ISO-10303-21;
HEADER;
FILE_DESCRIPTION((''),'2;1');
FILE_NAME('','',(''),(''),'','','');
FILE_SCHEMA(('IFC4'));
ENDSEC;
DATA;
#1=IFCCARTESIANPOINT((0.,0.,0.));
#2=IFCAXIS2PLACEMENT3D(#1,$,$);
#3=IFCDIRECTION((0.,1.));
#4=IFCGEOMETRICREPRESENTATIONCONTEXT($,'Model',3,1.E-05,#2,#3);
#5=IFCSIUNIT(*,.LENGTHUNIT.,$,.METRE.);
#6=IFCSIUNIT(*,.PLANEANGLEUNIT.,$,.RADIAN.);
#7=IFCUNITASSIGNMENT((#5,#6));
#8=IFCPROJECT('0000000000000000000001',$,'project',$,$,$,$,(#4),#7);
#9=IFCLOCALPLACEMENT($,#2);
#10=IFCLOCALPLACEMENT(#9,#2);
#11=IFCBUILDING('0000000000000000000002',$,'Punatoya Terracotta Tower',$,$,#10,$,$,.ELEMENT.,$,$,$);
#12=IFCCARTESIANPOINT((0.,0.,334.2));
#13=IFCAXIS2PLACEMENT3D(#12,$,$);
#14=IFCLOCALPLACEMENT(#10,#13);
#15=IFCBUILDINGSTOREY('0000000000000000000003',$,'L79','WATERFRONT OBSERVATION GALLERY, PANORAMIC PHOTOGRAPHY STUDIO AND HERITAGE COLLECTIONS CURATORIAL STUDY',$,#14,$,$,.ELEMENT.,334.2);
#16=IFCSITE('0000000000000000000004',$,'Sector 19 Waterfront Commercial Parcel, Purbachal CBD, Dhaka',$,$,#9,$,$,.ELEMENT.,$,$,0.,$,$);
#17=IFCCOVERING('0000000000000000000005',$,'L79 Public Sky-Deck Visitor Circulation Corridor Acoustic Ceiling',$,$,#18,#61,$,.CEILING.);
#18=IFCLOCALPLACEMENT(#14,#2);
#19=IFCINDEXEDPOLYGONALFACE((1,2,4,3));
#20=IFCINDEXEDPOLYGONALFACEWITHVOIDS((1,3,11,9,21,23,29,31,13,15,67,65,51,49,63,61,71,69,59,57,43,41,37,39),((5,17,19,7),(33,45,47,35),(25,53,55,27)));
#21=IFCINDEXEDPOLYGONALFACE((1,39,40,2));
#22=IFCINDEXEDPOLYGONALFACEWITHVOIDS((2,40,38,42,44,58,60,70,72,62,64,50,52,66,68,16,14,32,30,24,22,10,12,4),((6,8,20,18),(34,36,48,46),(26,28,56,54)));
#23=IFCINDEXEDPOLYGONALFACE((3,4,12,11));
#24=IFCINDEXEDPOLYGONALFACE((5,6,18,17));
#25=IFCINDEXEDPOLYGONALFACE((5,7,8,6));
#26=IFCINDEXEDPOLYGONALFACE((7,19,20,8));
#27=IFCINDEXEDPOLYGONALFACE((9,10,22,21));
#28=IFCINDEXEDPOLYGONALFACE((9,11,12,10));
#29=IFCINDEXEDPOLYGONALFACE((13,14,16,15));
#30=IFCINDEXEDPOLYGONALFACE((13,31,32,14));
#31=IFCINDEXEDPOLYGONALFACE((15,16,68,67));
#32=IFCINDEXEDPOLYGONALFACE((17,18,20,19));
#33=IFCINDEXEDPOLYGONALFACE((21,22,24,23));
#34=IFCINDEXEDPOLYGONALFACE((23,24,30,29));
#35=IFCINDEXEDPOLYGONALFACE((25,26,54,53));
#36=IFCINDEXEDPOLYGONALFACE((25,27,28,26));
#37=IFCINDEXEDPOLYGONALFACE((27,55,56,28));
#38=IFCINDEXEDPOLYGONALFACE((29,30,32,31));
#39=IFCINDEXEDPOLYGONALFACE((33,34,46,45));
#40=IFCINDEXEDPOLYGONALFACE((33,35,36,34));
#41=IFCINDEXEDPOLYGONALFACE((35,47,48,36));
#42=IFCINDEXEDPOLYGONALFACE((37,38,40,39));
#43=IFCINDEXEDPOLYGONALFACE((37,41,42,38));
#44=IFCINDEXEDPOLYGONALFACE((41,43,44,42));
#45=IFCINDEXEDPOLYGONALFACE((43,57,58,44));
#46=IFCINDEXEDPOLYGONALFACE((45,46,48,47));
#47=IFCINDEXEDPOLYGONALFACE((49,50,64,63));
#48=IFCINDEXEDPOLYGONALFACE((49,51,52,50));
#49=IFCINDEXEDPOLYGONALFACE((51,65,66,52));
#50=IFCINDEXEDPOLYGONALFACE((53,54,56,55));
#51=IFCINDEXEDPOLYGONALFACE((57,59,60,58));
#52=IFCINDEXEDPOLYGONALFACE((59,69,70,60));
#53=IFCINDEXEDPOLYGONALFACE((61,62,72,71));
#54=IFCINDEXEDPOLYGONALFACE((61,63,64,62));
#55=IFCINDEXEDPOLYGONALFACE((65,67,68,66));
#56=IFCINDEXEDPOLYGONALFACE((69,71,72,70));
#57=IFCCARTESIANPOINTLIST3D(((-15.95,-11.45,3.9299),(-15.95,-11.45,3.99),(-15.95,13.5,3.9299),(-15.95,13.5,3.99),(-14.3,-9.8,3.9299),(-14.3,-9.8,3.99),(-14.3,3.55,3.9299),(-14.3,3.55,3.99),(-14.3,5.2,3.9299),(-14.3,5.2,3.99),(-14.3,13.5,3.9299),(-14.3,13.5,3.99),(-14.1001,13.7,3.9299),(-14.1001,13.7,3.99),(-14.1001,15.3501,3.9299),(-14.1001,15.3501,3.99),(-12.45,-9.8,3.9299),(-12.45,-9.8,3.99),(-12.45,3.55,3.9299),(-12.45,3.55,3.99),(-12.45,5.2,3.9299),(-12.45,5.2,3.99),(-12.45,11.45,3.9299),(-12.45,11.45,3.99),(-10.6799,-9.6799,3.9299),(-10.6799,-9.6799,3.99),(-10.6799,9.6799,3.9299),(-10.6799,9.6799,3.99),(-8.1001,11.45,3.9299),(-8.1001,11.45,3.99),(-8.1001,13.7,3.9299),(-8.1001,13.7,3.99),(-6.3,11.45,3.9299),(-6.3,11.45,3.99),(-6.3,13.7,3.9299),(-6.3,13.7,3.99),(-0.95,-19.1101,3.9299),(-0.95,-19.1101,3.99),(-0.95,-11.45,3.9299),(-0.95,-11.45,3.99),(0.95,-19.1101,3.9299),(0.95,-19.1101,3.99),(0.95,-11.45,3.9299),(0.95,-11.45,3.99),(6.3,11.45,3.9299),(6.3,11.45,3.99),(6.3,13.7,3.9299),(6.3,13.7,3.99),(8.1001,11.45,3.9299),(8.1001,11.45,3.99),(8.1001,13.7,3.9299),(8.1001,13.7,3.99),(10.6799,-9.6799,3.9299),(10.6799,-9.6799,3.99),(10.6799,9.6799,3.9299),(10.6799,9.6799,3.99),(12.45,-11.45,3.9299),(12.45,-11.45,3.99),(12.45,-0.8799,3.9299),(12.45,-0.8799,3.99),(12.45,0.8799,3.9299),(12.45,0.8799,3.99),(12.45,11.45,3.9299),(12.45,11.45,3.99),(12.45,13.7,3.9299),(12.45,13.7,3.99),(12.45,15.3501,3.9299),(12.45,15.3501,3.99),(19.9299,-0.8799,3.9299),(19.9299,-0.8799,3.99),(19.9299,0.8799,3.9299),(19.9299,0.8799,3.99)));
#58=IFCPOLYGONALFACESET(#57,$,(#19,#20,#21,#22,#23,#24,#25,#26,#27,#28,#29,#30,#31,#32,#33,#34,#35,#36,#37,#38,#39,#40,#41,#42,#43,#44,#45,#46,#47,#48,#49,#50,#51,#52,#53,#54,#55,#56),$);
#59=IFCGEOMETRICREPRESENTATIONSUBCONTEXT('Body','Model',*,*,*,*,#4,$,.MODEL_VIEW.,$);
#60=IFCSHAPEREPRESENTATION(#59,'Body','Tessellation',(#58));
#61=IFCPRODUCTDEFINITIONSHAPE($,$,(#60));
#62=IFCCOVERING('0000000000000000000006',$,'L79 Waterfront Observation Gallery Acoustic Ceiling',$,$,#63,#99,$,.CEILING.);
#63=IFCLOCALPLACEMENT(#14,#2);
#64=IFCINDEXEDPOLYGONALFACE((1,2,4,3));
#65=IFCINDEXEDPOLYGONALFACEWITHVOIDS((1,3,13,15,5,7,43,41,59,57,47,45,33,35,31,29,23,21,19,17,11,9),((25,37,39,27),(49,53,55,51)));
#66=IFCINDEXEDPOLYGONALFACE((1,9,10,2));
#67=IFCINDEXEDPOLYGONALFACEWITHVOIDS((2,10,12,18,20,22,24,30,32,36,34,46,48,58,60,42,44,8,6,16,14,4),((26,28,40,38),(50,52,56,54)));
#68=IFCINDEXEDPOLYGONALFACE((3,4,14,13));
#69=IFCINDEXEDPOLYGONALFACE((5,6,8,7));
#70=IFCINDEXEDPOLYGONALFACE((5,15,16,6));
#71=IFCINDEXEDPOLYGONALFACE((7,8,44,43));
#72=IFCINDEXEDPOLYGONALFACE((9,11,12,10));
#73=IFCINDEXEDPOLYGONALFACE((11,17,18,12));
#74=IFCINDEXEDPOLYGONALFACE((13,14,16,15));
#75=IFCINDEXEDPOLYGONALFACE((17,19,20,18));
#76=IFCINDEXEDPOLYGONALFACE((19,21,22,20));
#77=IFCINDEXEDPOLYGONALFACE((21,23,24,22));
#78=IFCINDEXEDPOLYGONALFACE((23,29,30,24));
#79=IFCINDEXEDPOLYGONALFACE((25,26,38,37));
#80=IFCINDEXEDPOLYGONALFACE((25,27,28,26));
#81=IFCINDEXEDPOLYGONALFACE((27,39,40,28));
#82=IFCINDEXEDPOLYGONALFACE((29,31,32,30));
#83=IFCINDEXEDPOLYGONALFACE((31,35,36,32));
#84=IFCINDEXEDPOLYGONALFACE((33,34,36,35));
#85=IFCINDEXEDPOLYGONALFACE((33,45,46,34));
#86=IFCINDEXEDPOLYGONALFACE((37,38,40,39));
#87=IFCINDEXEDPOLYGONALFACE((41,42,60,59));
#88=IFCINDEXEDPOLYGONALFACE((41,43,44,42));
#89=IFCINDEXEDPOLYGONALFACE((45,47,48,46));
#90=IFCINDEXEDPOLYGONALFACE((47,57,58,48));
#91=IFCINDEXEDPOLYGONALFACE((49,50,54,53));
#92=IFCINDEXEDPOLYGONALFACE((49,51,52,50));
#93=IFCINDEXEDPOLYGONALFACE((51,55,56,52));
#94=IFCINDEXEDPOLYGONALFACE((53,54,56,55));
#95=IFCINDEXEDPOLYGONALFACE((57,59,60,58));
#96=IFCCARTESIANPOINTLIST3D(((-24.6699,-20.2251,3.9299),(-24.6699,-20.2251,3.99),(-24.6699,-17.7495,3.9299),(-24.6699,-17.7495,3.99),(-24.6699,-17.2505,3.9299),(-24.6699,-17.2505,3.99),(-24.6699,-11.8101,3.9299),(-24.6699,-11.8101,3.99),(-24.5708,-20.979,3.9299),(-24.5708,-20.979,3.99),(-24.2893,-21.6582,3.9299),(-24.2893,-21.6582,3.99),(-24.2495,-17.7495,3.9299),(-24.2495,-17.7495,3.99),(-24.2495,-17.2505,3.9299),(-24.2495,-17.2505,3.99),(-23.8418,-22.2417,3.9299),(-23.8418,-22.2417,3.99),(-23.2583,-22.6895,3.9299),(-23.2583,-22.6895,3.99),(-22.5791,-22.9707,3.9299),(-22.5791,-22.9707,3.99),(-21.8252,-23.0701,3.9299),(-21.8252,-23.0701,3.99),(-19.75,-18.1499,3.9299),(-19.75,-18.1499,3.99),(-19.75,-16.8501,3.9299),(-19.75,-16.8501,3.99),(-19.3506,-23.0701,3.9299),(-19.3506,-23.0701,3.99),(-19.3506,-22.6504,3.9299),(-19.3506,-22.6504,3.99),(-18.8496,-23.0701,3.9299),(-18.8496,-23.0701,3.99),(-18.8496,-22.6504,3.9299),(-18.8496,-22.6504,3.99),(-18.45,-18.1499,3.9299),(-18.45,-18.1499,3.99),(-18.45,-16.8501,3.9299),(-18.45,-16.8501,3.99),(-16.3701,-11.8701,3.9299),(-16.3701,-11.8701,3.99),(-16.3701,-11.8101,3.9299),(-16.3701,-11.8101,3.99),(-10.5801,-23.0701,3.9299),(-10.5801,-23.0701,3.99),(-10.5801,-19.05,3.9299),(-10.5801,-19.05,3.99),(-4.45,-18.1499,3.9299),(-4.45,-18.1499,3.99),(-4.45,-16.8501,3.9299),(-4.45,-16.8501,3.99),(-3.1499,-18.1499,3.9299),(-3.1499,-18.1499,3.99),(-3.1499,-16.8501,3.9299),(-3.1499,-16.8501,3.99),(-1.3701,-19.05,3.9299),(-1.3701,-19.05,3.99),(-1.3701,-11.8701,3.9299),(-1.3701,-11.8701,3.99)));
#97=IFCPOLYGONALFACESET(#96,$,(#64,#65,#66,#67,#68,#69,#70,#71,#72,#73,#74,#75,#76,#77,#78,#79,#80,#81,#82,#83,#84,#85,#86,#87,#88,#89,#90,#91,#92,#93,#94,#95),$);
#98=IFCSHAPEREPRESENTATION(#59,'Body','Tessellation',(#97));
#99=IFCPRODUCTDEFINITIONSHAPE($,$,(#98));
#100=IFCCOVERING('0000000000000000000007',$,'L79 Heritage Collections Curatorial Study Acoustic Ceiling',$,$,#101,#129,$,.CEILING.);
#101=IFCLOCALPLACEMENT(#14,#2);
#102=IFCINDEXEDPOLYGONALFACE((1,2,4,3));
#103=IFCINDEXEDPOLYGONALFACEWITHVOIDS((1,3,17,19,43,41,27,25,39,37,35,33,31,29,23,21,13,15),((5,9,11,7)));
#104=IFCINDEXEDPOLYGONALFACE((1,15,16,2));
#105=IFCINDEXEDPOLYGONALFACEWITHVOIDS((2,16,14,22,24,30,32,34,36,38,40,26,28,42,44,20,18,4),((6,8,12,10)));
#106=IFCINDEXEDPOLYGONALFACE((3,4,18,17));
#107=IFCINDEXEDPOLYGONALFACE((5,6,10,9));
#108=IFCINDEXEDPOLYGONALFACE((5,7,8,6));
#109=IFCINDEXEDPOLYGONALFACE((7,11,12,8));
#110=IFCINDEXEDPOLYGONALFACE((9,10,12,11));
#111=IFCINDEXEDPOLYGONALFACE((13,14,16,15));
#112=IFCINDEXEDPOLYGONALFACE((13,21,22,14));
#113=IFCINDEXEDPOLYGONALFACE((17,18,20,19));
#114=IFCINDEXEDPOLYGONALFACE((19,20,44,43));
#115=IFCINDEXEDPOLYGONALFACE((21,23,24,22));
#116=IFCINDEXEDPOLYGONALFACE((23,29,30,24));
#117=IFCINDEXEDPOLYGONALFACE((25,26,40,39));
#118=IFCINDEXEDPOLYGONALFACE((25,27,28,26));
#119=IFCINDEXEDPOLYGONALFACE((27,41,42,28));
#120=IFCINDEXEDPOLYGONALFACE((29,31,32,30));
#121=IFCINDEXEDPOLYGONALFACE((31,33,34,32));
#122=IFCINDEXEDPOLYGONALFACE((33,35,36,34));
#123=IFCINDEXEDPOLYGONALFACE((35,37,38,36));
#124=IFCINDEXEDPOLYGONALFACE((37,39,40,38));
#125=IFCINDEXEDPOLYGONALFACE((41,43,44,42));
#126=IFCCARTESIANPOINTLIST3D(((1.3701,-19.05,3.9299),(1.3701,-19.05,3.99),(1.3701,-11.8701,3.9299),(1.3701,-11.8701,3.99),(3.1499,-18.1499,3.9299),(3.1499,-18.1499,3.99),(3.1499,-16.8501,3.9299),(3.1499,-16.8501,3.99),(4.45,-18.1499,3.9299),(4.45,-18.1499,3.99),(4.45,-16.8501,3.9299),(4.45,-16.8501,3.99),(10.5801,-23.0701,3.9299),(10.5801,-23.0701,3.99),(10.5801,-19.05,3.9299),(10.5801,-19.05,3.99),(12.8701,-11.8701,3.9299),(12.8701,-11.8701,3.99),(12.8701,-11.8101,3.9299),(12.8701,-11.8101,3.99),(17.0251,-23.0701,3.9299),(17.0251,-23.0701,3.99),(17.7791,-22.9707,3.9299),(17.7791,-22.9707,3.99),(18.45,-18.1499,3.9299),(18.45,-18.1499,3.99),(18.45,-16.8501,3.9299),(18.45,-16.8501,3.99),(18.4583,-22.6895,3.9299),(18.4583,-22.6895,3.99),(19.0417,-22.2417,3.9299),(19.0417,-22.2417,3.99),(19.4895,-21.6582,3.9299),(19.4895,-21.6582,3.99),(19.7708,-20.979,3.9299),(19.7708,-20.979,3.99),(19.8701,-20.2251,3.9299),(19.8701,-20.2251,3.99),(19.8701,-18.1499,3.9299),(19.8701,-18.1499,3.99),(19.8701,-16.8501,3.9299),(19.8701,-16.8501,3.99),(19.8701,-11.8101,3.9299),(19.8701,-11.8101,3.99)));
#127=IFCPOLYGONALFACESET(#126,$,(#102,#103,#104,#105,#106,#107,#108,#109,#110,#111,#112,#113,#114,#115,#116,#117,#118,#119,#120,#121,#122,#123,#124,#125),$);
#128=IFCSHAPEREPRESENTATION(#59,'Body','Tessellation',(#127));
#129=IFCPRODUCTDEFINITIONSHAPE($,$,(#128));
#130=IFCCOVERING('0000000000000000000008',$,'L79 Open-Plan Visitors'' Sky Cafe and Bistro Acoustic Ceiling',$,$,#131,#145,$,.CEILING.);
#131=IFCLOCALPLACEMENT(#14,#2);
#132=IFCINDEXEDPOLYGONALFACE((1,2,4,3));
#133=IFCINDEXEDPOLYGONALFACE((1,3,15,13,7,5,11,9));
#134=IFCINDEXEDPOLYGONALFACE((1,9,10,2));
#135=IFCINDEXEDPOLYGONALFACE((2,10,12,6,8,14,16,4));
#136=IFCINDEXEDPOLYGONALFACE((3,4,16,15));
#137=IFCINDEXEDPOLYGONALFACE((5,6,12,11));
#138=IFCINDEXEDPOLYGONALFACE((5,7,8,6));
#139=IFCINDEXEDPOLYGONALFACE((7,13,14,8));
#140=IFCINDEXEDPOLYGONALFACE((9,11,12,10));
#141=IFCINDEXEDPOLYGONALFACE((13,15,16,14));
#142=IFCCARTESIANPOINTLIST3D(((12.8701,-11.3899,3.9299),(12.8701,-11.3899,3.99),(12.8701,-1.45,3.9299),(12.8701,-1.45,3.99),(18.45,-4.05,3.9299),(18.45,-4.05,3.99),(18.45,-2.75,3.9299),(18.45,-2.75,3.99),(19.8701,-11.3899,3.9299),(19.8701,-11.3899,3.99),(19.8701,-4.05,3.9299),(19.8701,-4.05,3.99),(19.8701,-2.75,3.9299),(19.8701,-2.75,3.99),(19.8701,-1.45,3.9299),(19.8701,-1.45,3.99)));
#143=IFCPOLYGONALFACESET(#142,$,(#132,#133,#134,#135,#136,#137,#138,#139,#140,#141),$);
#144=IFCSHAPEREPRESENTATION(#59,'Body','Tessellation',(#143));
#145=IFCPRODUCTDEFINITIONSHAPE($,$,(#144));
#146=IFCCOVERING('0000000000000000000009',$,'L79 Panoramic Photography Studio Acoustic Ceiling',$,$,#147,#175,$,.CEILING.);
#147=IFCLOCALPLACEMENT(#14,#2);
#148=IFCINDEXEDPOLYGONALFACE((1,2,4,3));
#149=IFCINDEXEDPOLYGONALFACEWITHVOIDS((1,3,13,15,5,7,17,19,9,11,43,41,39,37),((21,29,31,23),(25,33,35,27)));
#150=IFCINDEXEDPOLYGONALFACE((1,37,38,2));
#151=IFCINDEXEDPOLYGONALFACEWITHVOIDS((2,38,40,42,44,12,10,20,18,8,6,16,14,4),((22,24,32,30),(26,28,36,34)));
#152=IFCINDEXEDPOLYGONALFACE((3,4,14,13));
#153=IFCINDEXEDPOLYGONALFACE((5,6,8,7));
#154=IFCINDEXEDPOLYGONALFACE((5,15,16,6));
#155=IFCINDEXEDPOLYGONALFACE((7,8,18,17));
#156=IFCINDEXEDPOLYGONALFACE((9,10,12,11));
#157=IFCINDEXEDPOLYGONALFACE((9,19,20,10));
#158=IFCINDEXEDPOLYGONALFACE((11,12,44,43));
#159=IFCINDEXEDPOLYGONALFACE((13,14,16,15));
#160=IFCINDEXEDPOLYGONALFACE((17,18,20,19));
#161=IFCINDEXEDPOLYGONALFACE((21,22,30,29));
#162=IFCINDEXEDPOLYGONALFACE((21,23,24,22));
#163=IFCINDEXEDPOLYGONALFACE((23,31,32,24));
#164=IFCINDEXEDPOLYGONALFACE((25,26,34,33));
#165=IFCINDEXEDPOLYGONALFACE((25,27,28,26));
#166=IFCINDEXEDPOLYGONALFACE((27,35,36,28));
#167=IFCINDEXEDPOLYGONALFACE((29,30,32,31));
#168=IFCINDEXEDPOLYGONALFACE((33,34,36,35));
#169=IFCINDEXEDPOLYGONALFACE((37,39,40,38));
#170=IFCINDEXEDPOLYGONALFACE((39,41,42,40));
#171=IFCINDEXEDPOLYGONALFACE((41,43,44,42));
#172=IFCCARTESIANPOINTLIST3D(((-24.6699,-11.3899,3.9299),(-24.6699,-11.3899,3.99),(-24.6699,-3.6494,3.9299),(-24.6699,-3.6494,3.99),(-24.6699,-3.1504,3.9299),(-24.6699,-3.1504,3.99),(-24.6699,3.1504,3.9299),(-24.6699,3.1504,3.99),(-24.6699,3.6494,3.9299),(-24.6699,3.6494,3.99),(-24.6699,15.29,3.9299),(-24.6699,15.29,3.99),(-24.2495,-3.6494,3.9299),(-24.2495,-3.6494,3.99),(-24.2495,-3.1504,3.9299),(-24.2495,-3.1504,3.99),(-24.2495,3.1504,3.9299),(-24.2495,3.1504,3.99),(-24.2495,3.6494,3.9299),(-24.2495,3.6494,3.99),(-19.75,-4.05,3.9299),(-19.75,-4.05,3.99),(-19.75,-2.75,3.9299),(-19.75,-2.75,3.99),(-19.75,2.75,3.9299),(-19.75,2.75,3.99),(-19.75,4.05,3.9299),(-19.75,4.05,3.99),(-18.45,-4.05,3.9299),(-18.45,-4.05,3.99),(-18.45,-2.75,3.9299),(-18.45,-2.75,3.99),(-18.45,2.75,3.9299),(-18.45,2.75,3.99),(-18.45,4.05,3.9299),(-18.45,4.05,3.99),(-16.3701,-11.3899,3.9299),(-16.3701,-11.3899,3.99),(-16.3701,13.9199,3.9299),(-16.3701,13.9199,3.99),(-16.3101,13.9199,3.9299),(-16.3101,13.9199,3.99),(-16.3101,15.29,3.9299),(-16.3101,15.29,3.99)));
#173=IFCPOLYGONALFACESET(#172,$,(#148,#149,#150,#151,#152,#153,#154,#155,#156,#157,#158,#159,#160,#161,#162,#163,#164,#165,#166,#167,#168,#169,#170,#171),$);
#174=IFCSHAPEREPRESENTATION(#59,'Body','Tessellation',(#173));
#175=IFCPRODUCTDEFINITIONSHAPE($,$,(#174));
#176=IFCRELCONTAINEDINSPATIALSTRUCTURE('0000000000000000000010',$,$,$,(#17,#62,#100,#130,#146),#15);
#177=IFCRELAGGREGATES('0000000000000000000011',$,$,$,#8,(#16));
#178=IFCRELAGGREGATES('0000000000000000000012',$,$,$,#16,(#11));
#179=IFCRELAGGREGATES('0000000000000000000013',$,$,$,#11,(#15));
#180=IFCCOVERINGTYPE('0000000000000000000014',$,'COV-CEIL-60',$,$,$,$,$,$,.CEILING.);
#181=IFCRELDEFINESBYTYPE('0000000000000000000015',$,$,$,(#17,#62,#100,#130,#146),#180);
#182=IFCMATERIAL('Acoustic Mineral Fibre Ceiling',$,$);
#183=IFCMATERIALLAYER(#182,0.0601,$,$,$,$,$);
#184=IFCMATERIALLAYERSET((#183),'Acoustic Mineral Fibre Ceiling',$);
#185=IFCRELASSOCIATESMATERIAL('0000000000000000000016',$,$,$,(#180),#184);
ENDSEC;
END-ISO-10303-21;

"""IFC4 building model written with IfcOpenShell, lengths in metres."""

from ifc_helpers import new_model, si_unit, direction, frame, origin, place, context, subcontext, project, spatial, polyline, outline, extrude, material, layer, layer_set, type_object, element, save


model = new_model("IFC4")

# Units and contexts
model_context = context("Model", 3, precision=1e-05, world=origin(), true_north=direction((0.0, 1.0)))
body_context = subcontext(model_context, "Body", "Model", "MODEL_VIEW")
ifc_project = project(units=[si_unit("LENGTHUNIT", "METRE"), si_unit("PLANEANGLEUNIT", "RADIAN")], contexts=[model_context])

# Site, building, storey
site_placement = place(None, origin())
site = spatial("IfcSite", under=ifc_project, at=site_placement, Name="Sector 19 Waterfront Commercial Parcel, Purbachal CBD, Dhaka", CompositionType="ELEMENT", RefElevation=0.0)
building_placement = place(site_placement, origin())
building = spatial("IfcBuilding", under=site, at=building_placement, Name="Punatoya Terracotta Tower", CompositionType="ELEMENT")
storey_placement = place(building_placement, frame((0.0, 0.0, 334.2)))
storey = spatial("IfcBuildingStorey", under=building, at=storey_placement, Name="L79", Description="WATERFRONT OBSERVATION GALLERY, PANORAMIC PHOTOGRAPHY STUDIO AND HERITAGE COLLECTIONS CURATORIAL STUDY", CompositionType="ELEMENT", Elevation=334.2)

# Coverings
ifc_material_1 = material(Name="Acoustic Mineral Fibre Ceiling")
ifc_layer_1 = layer(ifc_material_1, 0.0601)
ifc_layer_set_1 = layer_set([ifc_layer_1], Name="Acoustic Mineral Fibre Ceiling")
covering_type_1 = type_object("IfcCoveringType", Name="COV-CEIL-60", PredefinedType="CEILING", material=ifc_layer_set_1)
covering_1_placement = place(storey_placement, frame((0.0, 0.0, 3.9299)))
element("IfcCovering", 1, at=covering_1_placement, inside=storey, type_object=covering_type_1, Name="L79 Public Sky-Deck Visitor Circulation Corridor Acoustic Ceiling", PredefinedType="CEILING", context=body_context, shape_type="SweptSolid", body=[
    extrude(outline(polyline([(0.95, -11.45), (12.45, -11.45), (12.45, -0.8799), (19.9299, -0.8799), (19.9299, 0.8799), (12.45, 0.8799), (12.45, 11.45), (8.1001, 11.45), (8.1001, 13.7), (12.45, 13.7), (12.45, 15.3501), (-14.1001, 15.3501), (-14.1001, 13.7), (-8.1001, 13.7), (-8.1001, 11.45), (-12.45, 11.45), (-12.45, 5.2), (-14.3, 5.2), (-14.3, 13.5), (-15.95, 13.5), (-15.95, -11.45), (-0.95, -11.45), (-0.95, -19.1101), (0.95, -19.1101), (0.95, -11.45)]), holes=[polyline([(10.6799, 9.6799), (10.6799, -9.6799), (-10.6799, -9.6799), (-10.6799, 9.6799), (10.6799, 9.6799)]), polyline([(6.3, 13.7), (6.3, 11.45), (-6.3, 11.45), (-6.3, 13.7), (6.3, 13.7)]), polyline([(-12.45, 3.55), (-12.45, -9.8), (-14.3, -9.8), (-14.3, 3.55), (-12.45, 3.55)])]), origin(), (0.0, 0.0, 1.0), 0.0601),
])
covering_2_placement = place(storey_placement, frame((0.0, 0.0, 3.9299)))
element("IfcCovering", 2, at=covering_2_placement, inside=storey, type_object=covering_type_1, Name="L79 Waterfront Observation Gallery Acoustic Ceiling", PredefinedType="CEILING", context=body_context, shape_type="SweptSolid", body=[
    extrude(outline(polyline([(-18.8496, -23.0701), (-10.5801, -23.0701), (-10.5801, -19.05), (-1.3701, -19.05), (-1.3701, -11.8701), (-16.3701, -11.8701), (-16.3701, -11.8101), (-24.6699, -11.8101), (-24.6699, -17.2505), (-24.2495, -17.2505), (-24.2495, -17.7495), (-24.6699, -17.7495), (-24.6699, -20.2251), (-24.5708, -20.979), (-24.2893, -21.6582), (-23.8418, -22.2417), (-23.2583, -22.6895), (-22.5791, -22.9707), (-21.8252, -23.0701), (-19.3506, -23.0701), (-19.3506, -22.6504), (-18.8496, -22.6504), (-18.8496, -23.0701)]), holes=[polyline([(-4.45, -16.8501), (-3.1499, -16.8501), (-3.1499, -18.1499), (-4.45, -18.1499), (-4.45, -16.8501)]), polyline([(-19.75, -18.1499), (-19.75, -16.8501), (-18.45, -16.8501), (-18.45, -18.1499), (-19.75, -18.1499)])]), origin(), (0.0, 0.0, 1.0), 0.0601),
])
covering_3_placement = place(storey_placement, frame((0.0, 0.0, 3.9299)))
element("IfcCovering", 3, at=covering_3_placement, inside=storey, type_object=covering_type_1, Name="L79 Heritage Collections Curatorial Study Acoustic Ceiling", PredefinedType="CEILING", context=body_context, shape_type="SweptSolid", body=[
    extrude(outline(polyline([(12.8701, -11.8701), (1.3701, -11.8701), (1.3701, -19.05), (10.5801, -19.05), (10.5801, -23.0701), (17.0251, -23.0701), (17.7791, -22.9707), (18.4583, -22.6895), (19.0417, -22.2417), (19.4895, -21.6582), (19.7708, -20.979), (19.8701, -20.2251), (19.8701, -18.1499), (18.45, -18.1499), (18.45, -16.8501), (19.8701, -16.8501), (19.8701, -11.8101), (12.8701, -11.8101), (12.8701, -11.8701)]), holes=[polyline([(4.45, -16.8501), (4.45, -18.1499), (3.1499, -18.1499), (3.1499, -16.8501), (4.45, -16.8501)])]), origin(), (0.0, 0.0, 1.0), 0.0601),
])
covering_4_placement = place(storey_placement, frame((0.0, 0.0, 3.9299)))
element("IfcCovering", 4, at=covering_4_placement, inside=storey, type_object=covering_type_1, Name="L79 Open-Plan Visitors' Sky Cafe and Bistro Acoustic Ceiling", PredefinedType="CEILING", context=body_context, shape_type="SweptSolid", body=[
    extrude(outline(polyline([(12.8701, -1.45), (12.8701, -11.3899), (19.8701, -11.3899), (19.8701, -4.05), (18.45, -4.05), (18.45, -2.75), (19.8701, -2.75), (19.8701, -1.45), (12.8701, -1.45)])), origin(), (0.0, 0.0, 1.0), 0.0601),
])
covering_5_placement = place(storey_placement, frame((0.0, 0.0, 3.9299)))
element("IfcCovering", 5, at=covering_5_placement, inside=storey, type_object=covering_type_1, Name="L79 Panoramic Photography Studio Acoustic Ceiling", PredefinedType="CEILING", context=body_context, shape_type="SweptSolid", body=[
    extrude(outline(polyline([(-24.2495, -3.1504), (-24.2495, -3.6494), (-24.6699, -3.6494), (-24.6699, -11.3899), (-16.3701, -11.3899), (-16.3701, 13.9199), (-16.3101, 13.9199), (-16.3101, 15.29), (-24.6699, 15.29), (-24.6699, 3.6494), (-24.2495, 3.6494), (-24.2495, 3.1504), (-24.6699, 3.1504), (-24.6699, -3.1504), (-24.2495, -3.1504)]), holes=[polyline([(-18.45, -4.05), (-19.75, -4.05), (-19.75, -2.75), (-18.45, -2.75), (-18.45, -4.05)]), polyline([(-18.45, 4.05), (-18.45, 2.75), (-19.75, 2.75), (-19.75, 4.05), (-18.45, 4.05)])]), origin(), (0.0, 0.0, 1.0), 0.0601),
])

save(model, "model.ifc")
